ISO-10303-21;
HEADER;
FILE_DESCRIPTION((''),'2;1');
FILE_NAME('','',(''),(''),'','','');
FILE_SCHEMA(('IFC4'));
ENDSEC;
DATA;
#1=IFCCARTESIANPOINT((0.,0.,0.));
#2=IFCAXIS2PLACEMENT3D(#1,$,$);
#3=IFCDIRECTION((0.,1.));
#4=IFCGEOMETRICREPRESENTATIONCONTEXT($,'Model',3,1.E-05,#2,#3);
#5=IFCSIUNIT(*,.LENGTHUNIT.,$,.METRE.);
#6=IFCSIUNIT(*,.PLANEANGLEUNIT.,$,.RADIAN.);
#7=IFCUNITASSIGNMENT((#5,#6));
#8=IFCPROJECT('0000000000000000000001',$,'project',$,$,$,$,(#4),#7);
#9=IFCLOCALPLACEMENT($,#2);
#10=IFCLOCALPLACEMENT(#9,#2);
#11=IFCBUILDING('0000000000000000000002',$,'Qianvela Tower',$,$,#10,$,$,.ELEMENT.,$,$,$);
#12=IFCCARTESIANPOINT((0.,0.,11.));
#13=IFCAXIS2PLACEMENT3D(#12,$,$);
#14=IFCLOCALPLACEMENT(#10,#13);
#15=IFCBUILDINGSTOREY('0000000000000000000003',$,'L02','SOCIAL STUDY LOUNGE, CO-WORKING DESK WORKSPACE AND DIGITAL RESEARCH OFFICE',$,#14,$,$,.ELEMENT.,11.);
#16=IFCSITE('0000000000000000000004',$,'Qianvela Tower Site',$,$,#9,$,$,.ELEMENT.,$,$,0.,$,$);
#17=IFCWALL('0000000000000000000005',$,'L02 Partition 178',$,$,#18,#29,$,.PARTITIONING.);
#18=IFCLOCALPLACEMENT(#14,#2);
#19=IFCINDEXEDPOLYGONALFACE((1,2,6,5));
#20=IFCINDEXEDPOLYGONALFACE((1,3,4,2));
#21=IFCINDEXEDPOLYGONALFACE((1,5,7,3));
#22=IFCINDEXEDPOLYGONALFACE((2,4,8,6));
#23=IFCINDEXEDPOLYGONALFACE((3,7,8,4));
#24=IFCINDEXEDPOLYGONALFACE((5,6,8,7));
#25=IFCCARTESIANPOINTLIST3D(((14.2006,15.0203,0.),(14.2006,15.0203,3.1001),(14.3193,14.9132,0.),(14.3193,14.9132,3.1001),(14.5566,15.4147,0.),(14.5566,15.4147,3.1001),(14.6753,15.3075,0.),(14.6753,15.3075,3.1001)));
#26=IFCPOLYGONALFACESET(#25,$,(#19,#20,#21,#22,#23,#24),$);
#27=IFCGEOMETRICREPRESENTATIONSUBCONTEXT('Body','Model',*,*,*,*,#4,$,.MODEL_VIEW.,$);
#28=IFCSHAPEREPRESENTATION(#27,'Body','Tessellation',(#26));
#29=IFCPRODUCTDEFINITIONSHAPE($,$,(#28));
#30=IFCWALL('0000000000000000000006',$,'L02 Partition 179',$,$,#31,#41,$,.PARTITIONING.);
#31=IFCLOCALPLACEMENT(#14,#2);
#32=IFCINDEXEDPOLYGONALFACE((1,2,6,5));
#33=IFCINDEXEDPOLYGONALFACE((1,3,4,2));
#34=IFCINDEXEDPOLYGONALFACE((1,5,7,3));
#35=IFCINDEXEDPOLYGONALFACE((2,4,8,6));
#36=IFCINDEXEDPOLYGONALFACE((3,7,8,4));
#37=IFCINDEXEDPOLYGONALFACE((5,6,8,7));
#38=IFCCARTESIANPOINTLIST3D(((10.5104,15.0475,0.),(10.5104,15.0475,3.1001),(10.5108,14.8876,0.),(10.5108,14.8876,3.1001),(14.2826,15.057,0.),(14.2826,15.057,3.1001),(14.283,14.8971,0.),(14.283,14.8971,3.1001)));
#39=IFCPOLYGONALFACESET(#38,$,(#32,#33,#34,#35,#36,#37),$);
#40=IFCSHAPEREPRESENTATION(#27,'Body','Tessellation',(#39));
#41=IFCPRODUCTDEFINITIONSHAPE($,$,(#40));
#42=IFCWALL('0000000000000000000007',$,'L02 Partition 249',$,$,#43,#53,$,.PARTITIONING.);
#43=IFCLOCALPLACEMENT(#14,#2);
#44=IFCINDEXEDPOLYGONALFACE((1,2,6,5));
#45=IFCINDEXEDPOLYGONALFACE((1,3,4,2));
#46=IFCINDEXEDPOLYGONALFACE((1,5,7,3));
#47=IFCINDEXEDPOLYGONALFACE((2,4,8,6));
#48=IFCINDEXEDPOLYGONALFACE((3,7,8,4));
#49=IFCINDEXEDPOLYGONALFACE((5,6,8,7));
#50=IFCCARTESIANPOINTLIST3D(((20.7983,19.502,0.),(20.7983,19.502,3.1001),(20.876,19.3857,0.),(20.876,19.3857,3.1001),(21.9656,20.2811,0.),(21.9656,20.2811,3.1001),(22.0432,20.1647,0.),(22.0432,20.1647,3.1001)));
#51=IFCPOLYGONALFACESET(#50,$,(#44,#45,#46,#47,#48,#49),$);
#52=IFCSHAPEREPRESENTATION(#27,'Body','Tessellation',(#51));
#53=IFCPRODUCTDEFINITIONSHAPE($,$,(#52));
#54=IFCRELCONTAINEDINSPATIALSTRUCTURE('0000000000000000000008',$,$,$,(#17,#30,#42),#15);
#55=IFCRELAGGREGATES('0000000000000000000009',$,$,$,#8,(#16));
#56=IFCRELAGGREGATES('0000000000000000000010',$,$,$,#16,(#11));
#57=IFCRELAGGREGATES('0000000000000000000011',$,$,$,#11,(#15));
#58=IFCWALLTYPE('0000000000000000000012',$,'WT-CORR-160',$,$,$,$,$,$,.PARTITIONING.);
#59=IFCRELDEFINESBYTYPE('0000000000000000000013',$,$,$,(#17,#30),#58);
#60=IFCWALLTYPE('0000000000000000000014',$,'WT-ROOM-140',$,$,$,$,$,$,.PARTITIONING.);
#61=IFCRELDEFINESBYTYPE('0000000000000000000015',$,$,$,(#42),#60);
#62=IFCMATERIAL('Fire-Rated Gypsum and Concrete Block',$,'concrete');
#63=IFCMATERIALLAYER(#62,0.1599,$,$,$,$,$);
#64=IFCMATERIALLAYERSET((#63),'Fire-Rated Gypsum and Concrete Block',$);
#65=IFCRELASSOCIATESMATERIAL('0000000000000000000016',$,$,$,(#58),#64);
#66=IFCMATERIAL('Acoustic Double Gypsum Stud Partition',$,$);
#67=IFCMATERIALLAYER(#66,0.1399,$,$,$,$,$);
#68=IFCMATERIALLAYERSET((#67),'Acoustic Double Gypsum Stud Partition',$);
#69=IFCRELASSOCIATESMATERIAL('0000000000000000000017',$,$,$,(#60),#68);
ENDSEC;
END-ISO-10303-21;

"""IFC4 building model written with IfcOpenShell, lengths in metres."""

from ifc_helpers import new_model, si_unit, direction, frame, frame_2d, origin, place, context, subcontext, project, spatial, rectangle, extrude, material, layer, layer_set, type_object, element, save


model = new_model("IFC4")

# Units and contexts
model_context = context("Model", 3, precision=1e-05, world=origin(), true_north=direction((0.0, 1.0)))
body_context = subcontext(model_context, "Body", "Model", "MODEL_VIEW")
ifc_project = project(units=[si_unit("LENGTHUNIT", "METRE"), si_unit("PLANEANGLEUNIT", "RADIAN")], contexts=[model_context])

# Site, building, storey
site_placement = place(None, origin())
site = spatial("IfcSite", under=ifc_project, at=site_placement, Name="Qianvela Tower Site", CompositionType="ELEMENT", RefElevation=0.0)
building_placement = place(site_placement, origin())
building = spatial("IfcBuilding", under=site, at=building_placement, Name="Qianvela Tower", CompositionType="ELEMENT")
storey_placement = place(building_placement, frame((0.0, 0.0, 11.0)))
storey = spatial("IfcBuildingStorey", under=building, at=storey_placement, Name="L02", Description="SOCIAL STUDY LOUNGE, CO-WORKING DESK WORKSPACE AND DIGITAL RESEARCH OFFICE", CompositionType="ELEMENT", Elevation=11.0)

# Walls
ifc_material_1 = material(Name="Fire-Rated Gypsum and Concrete Block", Category="concrete")
ifc_layer_1 = layer(ifc_material_1, 0.1599)
ifc_layer_set_1 = layer_set([ifc_layer_1], Name="Fire-Rated Gypsum and Concrete Block")
wall_type_1 = type_object("IfcWallType", Name="WT-CORR-160", PredefinedType="PARTITIONING", material=ifc_layer_set_1)
wall_1_placement = place(storey_placement, frame((14.616, 15.3611, 0.0), z_axis=(0.0, 0.0, 1.0), x_axis=(-0.670107, -0.742265, 0.0)))
element("IfcWall", 1, at=wall_1_placement, inside=storey, type_object=wall_type_1, Name="L02 Partition 178", PredefinedType="PARTITIONING", context=body_context, shape_type="SweptSolid", body=[
    extrude(rectangle(XDim=0.5312, YDim=0.1599, at=frame_2d((0.2656, 0.0))), origin(), (0.0, 0.0, 1.0), 3.1001),
])
wall_2_placement = place(storey_placement, frame((14.283, 14.9771, 0.0), z_axis=(0.0, 0.0, 1.0), x_axis=(-0.999997, -0.002524, 0.0)))
element("IfcWall", 2, at=wall_2_placement, inside=storey, type_object=wall_type_1, Name="L02 Partition 179", PredefinedType="PARTITIONING", context=body_context, shape_type="SweptSolid", body=[
    extrude(rectangle(XDim=3.7722, YDim=0.1599, at=frame_2d((1.8862, 0.0))), origin(), (0.0, 0.0, 1.0), 3.1001),
])
ifc_material_2 = material(Name="Acoustic Double Gypsum Stud Partition")
ifc_layer_2 = layer(ifc_material_2, 0.1399)
ifc_layer_set_2 = layer_set([ifc_layer_2], Name="Acoustic Double Gypsum Stud Partition")
wall_type_2 = type_object("IfcWallType", Name="WT-ROOM-140", PredefinedType="PARTITIONING", material=ifc_layer_set_2)
wall_3_placement = place(storey_placement, frame((22.0044, 20.2229, 0.0), z_axis=(0.0, 0.0, 1.0), x_axis=(-0.831756, -0.555142, 0.0)))
element("IfcWall", 3, at=wall_3_placement, inside=storey, type_object=wall_type_2, Name="L02 Partition 249", PredefinedType="PARTITIONING", context=body_context, shape_type="SweptSolid", body=[
    extrude(rectangle(XDim=1.4033, YDim=0.1399, at=frame_2d((0.7017, 0.0))), origin(), (0.0, 0.0, 1.0), 3.1001),
])

save(model, "model.ifc")
